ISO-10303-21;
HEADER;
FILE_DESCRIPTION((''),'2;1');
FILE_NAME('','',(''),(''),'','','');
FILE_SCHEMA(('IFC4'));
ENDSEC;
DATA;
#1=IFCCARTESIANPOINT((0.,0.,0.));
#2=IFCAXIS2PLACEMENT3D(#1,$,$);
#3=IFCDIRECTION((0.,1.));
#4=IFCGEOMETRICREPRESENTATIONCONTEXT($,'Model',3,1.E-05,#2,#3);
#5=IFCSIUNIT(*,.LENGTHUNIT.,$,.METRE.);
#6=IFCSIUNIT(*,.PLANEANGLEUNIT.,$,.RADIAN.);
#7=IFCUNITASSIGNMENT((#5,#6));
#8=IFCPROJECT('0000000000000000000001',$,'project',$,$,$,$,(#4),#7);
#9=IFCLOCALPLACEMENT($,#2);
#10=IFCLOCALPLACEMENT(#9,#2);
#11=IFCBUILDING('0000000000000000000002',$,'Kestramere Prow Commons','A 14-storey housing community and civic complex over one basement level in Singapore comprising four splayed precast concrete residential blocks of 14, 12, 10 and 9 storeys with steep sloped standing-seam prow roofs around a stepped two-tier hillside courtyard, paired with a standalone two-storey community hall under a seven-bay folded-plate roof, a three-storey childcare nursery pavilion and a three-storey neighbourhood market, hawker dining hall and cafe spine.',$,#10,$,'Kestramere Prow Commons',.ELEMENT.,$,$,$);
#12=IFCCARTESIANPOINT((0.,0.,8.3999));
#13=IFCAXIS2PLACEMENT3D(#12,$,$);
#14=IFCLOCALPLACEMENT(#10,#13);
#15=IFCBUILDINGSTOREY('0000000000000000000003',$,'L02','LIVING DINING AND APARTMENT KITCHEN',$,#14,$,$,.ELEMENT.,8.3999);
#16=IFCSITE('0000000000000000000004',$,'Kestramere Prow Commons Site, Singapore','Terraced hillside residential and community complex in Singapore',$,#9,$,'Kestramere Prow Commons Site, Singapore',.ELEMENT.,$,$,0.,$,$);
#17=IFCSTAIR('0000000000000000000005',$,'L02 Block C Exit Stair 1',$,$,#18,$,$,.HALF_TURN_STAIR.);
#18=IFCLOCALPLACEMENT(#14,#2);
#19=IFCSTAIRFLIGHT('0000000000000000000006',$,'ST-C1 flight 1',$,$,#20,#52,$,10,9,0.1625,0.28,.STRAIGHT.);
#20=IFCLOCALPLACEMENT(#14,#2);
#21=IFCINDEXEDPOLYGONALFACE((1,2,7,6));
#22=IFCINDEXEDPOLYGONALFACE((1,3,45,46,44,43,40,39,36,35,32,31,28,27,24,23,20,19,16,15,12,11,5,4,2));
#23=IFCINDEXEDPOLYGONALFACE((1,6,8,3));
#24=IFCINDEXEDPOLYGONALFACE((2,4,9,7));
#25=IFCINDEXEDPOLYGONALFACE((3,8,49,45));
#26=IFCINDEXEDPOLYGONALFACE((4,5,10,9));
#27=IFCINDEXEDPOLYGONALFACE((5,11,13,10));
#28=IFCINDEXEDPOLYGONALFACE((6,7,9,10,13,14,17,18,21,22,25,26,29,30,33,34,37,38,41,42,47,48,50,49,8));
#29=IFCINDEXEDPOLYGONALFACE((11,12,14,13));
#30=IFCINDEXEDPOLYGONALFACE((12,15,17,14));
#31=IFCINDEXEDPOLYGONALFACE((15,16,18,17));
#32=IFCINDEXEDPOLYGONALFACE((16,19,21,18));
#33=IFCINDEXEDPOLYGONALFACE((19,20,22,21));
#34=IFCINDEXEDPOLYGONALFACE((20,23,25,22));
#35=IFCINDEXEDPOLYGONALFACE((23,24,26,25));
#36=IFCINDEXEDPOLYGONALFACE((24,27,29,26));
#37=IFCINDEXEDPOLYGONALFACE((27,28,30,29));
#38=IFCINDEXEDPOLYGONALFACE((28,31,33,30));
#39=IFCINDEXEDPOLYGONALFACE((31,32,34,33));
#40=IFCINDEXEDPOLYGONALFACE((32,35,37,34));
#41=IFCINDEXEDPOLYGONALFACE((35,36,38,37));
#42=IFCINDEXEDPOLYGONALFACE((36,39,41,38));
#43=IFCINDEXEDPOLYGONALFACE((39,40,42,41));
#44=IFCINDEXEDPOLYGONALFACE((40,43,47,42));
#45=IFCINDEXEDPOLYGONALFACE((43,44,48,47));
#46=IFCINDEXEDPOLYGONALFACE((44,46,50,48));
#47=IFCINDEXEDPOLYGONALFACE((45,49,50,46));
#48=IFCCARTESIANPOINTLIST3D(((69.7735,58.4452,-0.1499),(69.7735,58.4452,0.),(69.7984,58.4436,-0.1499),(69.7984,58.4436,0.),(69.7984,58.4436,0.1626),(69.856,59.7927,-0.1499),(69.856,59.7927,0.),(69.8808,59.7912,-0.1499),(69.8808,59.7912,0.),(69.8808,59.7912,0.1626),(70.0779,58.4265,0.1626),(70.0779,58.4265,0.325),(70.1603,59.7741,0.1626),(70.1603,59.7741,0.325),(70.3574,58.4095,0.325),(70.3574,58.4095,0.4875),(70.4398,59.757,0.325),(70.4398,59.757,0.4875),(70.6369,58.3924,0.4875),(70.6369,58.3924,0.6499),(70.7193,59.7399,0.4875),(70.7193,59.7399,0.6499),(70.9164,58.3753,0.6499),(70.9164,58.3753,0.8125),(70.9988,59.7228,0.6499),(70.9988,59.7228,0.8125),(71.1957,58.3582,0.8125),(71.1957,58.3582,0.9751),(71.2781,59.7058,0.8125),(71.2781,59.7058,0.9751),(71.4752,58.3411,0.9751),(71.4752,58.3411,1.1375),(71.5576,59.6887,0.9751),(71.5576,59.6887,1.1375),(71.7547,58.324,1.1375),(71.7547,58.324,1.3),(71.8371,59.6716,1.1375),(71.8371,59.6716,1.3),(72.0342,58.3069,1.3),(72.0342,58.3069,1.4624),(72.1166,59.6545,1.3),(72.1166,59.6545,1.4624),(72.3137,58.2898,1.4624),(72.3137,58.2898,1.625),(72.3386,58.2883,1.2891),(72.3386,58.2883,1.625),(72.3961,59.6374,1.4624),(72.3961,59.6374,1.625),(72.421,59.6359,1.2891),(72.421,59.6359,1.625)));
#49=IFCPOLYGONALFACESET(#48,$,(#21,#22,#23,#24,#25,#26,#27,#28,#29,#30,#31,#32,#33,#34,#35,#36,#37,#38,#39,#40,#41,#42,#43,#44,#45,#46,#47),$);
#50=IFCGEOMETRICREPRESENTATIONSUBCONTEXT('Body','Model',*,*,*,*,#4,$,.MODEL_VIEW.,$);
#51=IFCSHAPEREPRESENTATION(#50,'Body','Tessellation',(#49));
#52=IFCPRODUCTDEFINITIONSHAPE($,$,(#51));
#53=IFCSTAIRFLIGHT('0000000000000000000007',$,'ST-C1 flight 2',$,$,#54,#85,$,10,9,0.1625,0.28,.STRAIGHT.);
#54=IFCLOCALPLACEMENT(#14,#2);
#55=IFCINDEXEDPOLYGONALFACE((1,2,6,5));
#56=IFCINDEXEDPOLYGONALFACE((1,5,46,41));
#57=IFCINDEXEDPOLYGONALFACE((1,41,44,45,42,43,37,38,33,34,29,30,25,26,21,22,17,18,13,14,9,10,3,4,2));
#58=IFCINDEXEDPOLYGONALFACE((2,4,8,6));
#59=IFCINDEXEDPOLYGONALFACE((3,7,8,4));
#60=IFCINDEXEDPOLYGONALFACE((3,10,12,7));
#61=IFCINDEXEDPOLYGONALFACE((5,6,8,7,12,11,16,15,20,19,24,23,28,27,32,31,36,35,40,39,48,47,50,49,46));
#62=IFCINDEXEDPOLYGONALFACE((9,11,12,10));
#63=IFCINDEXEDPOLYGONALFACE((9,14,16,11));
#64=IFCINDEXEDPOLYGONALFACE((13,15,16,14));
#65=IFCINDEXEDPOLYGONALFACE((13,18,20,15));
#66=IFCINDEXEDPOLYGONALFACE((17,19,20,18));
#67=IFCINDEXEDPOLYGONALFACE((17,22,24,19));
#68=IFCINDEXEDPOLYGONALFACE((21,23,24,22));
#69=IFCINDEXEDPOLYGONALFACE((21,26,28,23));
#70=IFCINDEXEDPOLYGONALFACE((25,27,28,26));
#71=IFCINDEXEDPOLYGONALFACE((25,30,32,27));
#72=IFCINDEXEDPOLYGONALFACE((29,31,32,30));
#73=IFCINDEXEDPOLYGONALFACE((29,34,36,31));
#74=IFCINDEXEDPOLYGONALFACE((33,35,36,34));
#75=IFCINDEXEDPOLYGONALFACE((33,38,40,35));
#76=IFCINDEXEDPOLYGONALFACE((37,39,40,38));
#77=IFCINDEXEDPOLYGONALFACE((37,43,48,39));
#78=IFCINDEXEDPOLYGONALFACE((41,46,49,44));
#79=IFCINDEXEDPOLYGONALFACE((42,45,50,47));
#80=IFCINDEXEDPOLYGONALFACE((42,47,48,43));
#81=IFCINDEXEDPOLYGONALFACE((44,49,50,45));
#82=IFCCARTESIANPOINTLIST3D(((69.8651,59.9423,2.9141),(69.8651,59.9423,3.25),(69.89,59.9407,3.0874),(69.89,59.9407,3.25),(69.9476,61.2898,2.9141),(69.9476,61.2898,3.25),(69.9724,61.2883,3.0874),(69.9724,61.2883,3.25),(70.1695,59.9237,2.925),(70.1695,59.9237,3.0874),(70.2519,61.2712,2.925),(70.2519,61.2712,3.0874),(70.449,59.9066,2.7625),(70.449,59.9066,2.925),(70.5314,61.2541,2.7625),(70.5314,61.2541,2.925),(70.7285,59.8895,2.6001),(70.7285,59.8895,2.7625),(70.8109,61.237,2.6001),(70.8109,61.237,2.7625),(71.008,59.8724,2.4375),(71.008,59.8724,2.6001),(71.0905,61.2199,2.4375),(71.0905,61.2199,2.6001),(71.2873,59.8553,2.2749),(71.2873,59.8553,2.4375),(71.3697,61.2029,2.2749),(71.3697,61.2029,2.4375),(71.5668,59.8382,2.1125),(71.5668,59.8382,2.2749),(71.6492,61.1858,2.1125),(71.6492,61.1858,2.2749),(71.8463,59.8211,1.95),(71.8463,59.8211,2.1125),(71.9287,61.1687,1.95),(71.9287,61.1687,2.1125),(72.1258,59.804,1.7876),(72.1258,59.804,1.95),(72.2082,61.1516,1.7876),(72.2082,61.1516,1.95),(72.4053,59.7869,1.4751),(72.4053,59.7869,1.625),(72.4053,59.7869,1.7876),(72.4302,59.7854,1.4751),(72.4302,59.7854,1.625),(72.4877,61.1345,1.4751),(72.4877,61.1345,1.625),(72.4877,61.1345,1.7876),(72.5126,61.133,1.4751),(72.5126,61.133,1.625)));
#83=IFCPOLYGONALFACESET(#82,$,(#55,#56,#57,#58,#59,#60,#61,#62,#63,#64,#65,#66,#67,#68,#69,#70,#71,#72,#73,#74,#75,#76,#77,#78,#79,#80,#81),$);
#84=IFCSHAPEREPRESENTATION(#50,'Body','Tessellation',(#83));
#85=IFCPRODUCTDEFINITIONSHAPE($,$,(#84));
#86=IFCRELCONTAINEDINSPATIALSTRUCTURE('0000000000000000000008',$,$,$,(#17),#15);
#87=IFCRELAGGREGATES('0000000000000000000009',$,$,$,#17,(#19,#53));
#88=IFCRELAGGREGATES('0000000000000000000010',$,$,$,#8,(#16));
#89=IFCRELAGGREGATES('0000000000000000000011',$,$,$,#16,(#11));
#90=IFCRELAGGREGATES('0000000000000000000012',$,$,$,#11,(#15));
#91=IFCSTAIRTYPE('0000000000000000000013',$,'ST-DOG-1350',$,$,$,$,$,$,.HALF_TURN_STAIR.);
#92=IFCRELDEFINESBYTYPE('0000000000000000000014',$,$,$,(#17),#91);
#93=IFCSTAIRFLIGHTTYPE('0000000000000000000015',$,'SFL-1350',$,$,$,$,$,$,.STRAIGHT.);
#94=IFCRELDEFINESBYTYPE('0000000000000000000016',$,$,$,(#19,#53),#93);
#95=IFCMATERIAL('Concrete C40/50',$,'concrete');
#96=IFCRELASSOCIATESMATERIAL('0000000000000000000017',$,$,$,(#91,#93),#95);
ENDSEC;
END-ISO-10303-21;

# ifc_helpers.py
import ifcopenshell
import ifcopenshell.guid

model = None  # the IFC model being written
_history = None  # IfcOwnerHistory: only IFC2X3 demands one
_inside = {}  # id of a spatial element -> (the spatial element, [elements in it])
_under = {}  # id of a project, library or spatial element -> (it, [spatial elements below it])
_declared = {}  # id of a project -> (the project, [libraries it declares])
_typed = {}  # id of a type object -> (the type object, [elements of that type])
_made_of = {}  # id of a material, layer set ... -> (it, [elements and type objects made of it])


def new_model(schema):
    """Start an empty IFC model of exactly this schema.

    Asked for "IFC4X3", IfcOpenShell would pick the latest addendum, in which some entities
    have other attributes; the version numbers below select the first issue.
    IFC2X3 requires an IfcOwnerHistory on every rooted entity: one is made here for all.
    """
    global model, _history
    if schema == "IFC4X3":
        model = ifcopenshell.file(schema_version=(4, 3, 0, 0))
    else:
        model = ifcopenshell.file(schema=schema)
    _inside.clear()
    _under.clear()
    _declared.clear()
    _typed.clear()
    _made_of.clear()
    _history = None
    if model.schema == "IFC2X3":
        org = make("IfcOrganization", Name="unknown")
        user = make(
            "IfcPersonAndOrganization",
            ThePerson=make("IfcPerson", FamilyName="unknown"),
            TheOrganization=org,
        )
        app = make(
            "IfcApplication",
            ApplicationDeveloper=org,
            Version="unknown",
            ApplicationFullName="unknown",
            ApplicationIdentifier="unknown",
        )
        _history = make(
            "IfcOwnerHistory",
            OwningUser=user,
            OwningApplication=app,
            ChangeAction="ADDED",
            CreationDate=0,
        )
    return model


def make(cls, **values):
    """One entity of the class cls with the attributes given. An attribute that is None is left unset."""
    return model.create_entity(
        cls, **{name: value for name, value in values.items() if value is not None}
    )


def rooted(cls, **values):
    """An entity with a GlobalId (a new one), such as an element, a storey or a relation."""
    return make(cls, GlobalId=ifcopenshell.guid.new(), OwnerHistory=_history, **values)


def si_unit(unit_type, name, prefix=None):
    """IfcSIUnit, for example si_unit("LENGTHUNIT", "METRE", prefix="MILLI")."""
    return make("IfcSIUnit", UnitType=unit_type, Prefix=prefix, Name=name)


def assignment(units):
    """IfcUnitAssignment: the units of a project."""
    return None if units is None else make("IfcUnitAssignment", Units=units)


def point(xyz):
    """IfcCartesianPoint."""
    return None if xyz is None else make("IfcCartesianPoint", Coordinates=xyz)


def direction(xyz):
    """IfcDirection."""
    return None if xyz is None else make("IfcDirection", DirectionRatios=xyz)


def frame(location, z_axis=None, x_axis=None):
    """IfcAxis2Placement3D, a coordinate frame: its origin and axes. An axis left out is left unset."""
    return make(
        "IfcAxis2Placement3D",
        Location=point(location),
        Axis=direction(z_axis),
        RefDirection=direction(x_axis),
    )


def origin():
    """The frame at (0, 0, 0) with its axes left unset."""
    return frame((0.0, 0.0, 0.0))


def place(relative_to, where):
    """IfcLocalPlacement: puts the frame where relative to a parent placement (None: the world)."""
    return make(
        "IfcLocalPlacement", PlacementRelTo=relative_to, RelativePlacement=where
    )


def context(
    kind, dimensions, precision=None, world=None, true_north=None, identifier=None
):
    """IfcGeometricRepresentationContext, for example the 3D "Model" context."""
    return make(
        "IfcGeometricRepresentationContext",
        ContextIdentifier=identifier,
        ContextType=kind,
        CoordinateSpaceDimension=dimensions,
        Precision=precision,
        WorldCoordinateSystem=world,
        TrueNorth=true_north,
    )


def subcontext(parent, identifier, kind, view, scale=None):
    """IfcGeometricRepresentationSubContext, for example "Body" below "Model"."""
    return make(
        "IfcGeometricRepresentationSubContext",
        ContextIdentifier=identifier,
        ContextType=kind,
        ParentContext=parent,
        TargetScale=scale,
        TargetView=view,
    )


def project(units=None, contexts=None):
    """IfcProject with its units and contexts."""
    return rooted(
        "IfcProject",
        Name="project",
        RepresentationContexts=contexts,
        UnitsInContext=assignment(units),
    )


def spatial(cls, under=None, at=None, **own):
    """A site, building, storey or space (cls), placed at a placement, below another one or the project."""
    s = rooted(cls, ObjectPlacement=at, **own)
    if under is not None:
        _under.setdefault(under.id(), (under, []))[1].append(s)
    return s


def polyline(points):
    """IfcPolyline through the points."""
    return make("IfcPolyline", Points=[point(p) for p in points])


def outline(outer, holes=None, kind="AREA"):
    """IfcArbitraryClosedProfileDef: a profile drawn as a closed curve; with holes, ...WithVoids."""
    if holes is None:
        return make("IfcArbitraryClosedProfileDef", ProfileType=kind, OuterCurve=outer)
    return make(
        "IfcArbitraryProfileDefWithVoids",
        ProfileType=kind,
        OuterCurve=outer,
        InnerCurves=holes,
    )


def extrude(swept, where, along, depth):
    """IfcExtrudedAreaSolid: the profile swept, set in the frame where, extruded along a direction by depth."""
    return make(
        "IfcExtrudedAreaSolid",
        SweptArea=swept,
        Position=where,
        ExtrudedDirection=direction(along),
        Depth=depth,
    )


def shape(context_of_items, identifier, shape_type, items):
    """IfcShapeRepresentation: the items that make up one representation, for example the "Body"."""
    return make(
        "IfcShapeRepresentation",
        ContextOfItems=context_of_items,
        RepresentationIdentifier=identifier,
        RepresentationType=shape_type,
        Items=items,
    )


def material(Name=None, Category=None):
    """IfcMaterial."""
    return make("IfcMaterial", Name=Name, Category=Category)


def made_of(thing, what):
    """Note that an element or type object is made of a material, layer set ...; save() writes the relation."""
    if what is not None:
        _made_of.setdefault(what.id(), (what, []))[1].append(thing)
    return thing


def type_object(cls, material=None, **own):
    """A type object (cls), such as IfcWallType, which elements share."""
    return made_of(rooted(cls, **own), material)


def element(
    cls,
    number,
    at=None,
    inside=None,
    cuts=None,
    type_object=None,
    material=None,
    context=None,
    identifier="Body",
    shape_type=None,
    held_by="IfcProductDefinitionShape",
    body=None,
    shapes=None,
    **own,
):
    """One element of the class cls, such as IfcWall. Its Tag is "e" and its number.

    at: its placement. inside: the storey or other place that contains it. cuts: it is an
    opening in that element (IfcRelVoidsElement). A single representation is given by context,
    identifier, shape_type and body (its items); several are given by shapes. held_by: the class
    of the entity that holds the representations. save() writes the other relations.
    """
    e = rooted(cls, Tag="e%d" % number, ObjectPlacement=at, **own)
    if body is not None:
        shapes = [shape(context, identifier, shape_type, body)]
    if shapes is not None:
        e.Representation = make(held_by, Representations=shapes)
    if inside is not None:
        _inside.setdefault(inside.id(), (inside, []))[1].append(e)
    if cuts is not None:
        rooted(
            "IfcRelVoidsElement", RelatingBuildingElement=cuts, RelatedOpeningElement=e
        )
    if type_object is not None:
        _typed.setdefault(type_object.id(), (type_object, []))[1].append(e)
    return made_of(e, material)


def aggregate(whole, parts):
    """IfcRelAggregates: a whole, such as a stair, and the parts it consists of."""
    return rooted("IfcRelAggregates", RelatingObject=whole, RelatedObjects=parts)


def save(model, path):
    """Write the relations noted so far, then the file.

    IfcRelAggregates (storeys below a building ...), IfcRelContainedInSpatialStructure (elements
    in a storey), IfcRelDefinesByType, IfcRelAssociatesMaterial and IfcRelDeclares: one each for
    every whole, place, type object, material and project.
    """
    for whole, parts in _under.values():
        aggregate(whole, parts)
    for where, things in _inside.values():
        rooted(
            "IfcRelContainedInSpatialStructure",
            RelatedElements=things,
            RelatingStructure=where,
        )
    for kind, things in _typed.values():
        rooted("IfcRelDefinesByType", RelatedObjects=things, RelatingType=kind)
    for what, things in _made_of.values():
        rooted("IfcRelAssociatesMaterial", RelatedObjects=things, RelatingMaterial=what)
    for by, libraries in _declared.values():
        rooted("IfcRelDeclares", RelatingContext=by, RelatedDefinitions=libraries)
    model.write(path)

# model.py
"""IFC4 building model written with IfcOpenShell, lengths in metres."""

from ifc_helpers import new_model, si_unit, direction, frame, origin, place, context, subcontext, project, spatial, polyline, outline, extrude, material, type_object, element, aggregate, save


model = new_model("IFC4")

# Units and contexts
model_context = context("Model", 3, precision=1e-05, world=origin(), true_north=direction((0.0, 1.0)))
body_context = subcontext(model_context, "Body", "Model", "MODEL_VIEW")
ifc_project = project(units=[si_unit("LENGTHUNIT", "METRE"), si_unit("PLANEANGLEUNIT", "RADIAN")], contexts=[model_context])

# Site, building, storey
site_placement = place(None, origin())
site = spatial("IfcSite", under=ifc_project, at=site_placement, Name="Kestramere Prow Commons Site, Singapore", Description="Terraced hillside residential and community complex in Singapore", LongName="Kestramere Prow Commons Site, Singapore", CompositionType="ELEMENT", RefElevation=0.0)
building_placement = place(site_placement, origin())
building = spatial("IfcBuilding", under=site, at=building_placement, Name="Kestramere Prow Commons", Description="A 14-storey housing community and civic complex over one basement level in Singapore comprising four splayed precast concrete residential blocks of 14, 12, 10 and 9 storeys with steep sloped standing-seam prow roofs around a stepped two-tier hillside courtyard, paired with a standalone two-storey community hall under a seven-bay folded-plate roof, a three-storey childcare nursery pavilion and a three-storey neighbourhood market, hawker dining hall and cafe spine.", LongName="Kestramere Prow Commons", CompositionType="ELEMENT")
storey_placement = place(building_placement, frame((0.0, 0.0, 8.3999)))
storey = spatial("IfcBuildingStorey", under=building, at=storey_placement, Name="L02", Description="LIVING DINING AND APARTMENT KITCHEN", CompositionType="ELEMENT", Elevation=8.3999)

# Shared definitions
ifc_material_1 = material(Name="Concrete C40/50", Category="concrete")

# Stair, stair flights
stair_type = type_object("IfcStairType", Name="ST-DOG-1350", PredefinedType="HALF_TURN_STAIR", material=ifc_material_1)
stair_placement = place(storey_placement, origin())
stair = element("IfcStair", 1, at=stair_placement, inside=storey, type_object=stair_type, Name="L02 Block C Exit Stair 1", PredefinedType="HALF_TURN_STAIR")
stair_flight_type = type_object("IfcStairFlightType", Name="SFL-1350", PredefinedType="STRAIGHT", material=ifc_material_1)
stair_flight_1_placement = place(storey_placement, frame((69.8396, 59.1174, 0.0), z_axis=(0.0, 0.0, 1.0), x_axis=(0.998135, -0.061049, 0.0)))
stair_flight_1 = element("IfcStairFlight", 2, at=stair_flight_1_placement, type_object=stair_flight_type, Name="ST-C1 flight 1", NumberOfRisers=10, NumberOfTreads=9, PredefinedType="STRAIGHT", RiserHeight=0.1625, TreadLength=0.28, context=body_context, shape_type="SweptSolid", body=[
    extrude(outline(polyline([(-0.0249, 0.0), (0.0, 0.0), (0.0, 0.1626), (0.28, 0.1626), (0.28, 0.325), (0.5601, 0.325), (0.5601, 0.4875), (0.8401, 0.4875), (0.8401, 0.6499), (1.1201, 0.6499), (1.1201, 0.8125), (1.3999, 0.8125), (1.3999, 0.9751), (1.6799, 0.9751), (1.6799, 1.1375), (1.96, 1.1375), (1.96, 1.3), (2.24, 1.3), (2.24, 1.4624), (2.52, 1.4624), (2.52, 1.625), (2.5449, 1.625), (2.5449, 1.2891), (0.0, -0.1499), (-0.0249, -0.1499), (-0.0249, 0.0)])), frame((0.0, 0.675, 0.0), z_axis=(0.0, -1.0, 0.0), x_axis=(1.0, 0.0, 0.0)), (0.0, 0.0, 1.0), 1.3501),
])
stair_flight_2_placement = place(storey_placement, frame((72.4465, 60.4607, 1.625), z_axis=(0.0, 0.0, 1.0), x_axis=(-0.998135, 0.061049, 0.0)))
stair_flight_2 = element("IfcStairFlight", 3, at=stair_flight_2_placement, type_object=stair_flight_type, Name="ST-C1 flight 2", NumberOfRisers=10, NumberOfTreads=9, PredefinedType="STRAIGHT", RiserHeight=0.1625, TreadLength=0.28, context=body_context, shape_type="SweptSolid", body=[
    extrude(outline(polyline([(-0.0249, 0.0), (0.0, 0.0), (0.0, 0.1626), (0.28, 0.1626), (0.28, 0.325), (0.5601, 0.325), (0.5601, 0.4875), (0.8401, 0.4875), (0.8401, 0.6499), (1.1201, 0.6499), (1.1201, 0.8125), (1.3999, 0.8125), (1.3999, 0.9751), (1.6799, 0.9751), (1.6799, 1.1375), (1.96, 1.1375), (1.96, 1.3), (2.24, 1.3), (2.24, 1.4624), (2.52, 1.4624), (2.52, 1.625), (2.5449, 1.625), (2.5449, 1.2891), (0.0, -0.1499), (-0.0249, -0.1499), (-0.0249, 0.0)])), frame((0.0, 0.675, 0.0), z_axis=(0.0, -1.0, 0.0), x_axis=(1.0, 0.0, 0.0)), (0.0, 0.0, 1.0), 1.3501),
])
aggregate(stair, [stair_flight_1, stair_flight_2])

save(model, "model.ifc")
